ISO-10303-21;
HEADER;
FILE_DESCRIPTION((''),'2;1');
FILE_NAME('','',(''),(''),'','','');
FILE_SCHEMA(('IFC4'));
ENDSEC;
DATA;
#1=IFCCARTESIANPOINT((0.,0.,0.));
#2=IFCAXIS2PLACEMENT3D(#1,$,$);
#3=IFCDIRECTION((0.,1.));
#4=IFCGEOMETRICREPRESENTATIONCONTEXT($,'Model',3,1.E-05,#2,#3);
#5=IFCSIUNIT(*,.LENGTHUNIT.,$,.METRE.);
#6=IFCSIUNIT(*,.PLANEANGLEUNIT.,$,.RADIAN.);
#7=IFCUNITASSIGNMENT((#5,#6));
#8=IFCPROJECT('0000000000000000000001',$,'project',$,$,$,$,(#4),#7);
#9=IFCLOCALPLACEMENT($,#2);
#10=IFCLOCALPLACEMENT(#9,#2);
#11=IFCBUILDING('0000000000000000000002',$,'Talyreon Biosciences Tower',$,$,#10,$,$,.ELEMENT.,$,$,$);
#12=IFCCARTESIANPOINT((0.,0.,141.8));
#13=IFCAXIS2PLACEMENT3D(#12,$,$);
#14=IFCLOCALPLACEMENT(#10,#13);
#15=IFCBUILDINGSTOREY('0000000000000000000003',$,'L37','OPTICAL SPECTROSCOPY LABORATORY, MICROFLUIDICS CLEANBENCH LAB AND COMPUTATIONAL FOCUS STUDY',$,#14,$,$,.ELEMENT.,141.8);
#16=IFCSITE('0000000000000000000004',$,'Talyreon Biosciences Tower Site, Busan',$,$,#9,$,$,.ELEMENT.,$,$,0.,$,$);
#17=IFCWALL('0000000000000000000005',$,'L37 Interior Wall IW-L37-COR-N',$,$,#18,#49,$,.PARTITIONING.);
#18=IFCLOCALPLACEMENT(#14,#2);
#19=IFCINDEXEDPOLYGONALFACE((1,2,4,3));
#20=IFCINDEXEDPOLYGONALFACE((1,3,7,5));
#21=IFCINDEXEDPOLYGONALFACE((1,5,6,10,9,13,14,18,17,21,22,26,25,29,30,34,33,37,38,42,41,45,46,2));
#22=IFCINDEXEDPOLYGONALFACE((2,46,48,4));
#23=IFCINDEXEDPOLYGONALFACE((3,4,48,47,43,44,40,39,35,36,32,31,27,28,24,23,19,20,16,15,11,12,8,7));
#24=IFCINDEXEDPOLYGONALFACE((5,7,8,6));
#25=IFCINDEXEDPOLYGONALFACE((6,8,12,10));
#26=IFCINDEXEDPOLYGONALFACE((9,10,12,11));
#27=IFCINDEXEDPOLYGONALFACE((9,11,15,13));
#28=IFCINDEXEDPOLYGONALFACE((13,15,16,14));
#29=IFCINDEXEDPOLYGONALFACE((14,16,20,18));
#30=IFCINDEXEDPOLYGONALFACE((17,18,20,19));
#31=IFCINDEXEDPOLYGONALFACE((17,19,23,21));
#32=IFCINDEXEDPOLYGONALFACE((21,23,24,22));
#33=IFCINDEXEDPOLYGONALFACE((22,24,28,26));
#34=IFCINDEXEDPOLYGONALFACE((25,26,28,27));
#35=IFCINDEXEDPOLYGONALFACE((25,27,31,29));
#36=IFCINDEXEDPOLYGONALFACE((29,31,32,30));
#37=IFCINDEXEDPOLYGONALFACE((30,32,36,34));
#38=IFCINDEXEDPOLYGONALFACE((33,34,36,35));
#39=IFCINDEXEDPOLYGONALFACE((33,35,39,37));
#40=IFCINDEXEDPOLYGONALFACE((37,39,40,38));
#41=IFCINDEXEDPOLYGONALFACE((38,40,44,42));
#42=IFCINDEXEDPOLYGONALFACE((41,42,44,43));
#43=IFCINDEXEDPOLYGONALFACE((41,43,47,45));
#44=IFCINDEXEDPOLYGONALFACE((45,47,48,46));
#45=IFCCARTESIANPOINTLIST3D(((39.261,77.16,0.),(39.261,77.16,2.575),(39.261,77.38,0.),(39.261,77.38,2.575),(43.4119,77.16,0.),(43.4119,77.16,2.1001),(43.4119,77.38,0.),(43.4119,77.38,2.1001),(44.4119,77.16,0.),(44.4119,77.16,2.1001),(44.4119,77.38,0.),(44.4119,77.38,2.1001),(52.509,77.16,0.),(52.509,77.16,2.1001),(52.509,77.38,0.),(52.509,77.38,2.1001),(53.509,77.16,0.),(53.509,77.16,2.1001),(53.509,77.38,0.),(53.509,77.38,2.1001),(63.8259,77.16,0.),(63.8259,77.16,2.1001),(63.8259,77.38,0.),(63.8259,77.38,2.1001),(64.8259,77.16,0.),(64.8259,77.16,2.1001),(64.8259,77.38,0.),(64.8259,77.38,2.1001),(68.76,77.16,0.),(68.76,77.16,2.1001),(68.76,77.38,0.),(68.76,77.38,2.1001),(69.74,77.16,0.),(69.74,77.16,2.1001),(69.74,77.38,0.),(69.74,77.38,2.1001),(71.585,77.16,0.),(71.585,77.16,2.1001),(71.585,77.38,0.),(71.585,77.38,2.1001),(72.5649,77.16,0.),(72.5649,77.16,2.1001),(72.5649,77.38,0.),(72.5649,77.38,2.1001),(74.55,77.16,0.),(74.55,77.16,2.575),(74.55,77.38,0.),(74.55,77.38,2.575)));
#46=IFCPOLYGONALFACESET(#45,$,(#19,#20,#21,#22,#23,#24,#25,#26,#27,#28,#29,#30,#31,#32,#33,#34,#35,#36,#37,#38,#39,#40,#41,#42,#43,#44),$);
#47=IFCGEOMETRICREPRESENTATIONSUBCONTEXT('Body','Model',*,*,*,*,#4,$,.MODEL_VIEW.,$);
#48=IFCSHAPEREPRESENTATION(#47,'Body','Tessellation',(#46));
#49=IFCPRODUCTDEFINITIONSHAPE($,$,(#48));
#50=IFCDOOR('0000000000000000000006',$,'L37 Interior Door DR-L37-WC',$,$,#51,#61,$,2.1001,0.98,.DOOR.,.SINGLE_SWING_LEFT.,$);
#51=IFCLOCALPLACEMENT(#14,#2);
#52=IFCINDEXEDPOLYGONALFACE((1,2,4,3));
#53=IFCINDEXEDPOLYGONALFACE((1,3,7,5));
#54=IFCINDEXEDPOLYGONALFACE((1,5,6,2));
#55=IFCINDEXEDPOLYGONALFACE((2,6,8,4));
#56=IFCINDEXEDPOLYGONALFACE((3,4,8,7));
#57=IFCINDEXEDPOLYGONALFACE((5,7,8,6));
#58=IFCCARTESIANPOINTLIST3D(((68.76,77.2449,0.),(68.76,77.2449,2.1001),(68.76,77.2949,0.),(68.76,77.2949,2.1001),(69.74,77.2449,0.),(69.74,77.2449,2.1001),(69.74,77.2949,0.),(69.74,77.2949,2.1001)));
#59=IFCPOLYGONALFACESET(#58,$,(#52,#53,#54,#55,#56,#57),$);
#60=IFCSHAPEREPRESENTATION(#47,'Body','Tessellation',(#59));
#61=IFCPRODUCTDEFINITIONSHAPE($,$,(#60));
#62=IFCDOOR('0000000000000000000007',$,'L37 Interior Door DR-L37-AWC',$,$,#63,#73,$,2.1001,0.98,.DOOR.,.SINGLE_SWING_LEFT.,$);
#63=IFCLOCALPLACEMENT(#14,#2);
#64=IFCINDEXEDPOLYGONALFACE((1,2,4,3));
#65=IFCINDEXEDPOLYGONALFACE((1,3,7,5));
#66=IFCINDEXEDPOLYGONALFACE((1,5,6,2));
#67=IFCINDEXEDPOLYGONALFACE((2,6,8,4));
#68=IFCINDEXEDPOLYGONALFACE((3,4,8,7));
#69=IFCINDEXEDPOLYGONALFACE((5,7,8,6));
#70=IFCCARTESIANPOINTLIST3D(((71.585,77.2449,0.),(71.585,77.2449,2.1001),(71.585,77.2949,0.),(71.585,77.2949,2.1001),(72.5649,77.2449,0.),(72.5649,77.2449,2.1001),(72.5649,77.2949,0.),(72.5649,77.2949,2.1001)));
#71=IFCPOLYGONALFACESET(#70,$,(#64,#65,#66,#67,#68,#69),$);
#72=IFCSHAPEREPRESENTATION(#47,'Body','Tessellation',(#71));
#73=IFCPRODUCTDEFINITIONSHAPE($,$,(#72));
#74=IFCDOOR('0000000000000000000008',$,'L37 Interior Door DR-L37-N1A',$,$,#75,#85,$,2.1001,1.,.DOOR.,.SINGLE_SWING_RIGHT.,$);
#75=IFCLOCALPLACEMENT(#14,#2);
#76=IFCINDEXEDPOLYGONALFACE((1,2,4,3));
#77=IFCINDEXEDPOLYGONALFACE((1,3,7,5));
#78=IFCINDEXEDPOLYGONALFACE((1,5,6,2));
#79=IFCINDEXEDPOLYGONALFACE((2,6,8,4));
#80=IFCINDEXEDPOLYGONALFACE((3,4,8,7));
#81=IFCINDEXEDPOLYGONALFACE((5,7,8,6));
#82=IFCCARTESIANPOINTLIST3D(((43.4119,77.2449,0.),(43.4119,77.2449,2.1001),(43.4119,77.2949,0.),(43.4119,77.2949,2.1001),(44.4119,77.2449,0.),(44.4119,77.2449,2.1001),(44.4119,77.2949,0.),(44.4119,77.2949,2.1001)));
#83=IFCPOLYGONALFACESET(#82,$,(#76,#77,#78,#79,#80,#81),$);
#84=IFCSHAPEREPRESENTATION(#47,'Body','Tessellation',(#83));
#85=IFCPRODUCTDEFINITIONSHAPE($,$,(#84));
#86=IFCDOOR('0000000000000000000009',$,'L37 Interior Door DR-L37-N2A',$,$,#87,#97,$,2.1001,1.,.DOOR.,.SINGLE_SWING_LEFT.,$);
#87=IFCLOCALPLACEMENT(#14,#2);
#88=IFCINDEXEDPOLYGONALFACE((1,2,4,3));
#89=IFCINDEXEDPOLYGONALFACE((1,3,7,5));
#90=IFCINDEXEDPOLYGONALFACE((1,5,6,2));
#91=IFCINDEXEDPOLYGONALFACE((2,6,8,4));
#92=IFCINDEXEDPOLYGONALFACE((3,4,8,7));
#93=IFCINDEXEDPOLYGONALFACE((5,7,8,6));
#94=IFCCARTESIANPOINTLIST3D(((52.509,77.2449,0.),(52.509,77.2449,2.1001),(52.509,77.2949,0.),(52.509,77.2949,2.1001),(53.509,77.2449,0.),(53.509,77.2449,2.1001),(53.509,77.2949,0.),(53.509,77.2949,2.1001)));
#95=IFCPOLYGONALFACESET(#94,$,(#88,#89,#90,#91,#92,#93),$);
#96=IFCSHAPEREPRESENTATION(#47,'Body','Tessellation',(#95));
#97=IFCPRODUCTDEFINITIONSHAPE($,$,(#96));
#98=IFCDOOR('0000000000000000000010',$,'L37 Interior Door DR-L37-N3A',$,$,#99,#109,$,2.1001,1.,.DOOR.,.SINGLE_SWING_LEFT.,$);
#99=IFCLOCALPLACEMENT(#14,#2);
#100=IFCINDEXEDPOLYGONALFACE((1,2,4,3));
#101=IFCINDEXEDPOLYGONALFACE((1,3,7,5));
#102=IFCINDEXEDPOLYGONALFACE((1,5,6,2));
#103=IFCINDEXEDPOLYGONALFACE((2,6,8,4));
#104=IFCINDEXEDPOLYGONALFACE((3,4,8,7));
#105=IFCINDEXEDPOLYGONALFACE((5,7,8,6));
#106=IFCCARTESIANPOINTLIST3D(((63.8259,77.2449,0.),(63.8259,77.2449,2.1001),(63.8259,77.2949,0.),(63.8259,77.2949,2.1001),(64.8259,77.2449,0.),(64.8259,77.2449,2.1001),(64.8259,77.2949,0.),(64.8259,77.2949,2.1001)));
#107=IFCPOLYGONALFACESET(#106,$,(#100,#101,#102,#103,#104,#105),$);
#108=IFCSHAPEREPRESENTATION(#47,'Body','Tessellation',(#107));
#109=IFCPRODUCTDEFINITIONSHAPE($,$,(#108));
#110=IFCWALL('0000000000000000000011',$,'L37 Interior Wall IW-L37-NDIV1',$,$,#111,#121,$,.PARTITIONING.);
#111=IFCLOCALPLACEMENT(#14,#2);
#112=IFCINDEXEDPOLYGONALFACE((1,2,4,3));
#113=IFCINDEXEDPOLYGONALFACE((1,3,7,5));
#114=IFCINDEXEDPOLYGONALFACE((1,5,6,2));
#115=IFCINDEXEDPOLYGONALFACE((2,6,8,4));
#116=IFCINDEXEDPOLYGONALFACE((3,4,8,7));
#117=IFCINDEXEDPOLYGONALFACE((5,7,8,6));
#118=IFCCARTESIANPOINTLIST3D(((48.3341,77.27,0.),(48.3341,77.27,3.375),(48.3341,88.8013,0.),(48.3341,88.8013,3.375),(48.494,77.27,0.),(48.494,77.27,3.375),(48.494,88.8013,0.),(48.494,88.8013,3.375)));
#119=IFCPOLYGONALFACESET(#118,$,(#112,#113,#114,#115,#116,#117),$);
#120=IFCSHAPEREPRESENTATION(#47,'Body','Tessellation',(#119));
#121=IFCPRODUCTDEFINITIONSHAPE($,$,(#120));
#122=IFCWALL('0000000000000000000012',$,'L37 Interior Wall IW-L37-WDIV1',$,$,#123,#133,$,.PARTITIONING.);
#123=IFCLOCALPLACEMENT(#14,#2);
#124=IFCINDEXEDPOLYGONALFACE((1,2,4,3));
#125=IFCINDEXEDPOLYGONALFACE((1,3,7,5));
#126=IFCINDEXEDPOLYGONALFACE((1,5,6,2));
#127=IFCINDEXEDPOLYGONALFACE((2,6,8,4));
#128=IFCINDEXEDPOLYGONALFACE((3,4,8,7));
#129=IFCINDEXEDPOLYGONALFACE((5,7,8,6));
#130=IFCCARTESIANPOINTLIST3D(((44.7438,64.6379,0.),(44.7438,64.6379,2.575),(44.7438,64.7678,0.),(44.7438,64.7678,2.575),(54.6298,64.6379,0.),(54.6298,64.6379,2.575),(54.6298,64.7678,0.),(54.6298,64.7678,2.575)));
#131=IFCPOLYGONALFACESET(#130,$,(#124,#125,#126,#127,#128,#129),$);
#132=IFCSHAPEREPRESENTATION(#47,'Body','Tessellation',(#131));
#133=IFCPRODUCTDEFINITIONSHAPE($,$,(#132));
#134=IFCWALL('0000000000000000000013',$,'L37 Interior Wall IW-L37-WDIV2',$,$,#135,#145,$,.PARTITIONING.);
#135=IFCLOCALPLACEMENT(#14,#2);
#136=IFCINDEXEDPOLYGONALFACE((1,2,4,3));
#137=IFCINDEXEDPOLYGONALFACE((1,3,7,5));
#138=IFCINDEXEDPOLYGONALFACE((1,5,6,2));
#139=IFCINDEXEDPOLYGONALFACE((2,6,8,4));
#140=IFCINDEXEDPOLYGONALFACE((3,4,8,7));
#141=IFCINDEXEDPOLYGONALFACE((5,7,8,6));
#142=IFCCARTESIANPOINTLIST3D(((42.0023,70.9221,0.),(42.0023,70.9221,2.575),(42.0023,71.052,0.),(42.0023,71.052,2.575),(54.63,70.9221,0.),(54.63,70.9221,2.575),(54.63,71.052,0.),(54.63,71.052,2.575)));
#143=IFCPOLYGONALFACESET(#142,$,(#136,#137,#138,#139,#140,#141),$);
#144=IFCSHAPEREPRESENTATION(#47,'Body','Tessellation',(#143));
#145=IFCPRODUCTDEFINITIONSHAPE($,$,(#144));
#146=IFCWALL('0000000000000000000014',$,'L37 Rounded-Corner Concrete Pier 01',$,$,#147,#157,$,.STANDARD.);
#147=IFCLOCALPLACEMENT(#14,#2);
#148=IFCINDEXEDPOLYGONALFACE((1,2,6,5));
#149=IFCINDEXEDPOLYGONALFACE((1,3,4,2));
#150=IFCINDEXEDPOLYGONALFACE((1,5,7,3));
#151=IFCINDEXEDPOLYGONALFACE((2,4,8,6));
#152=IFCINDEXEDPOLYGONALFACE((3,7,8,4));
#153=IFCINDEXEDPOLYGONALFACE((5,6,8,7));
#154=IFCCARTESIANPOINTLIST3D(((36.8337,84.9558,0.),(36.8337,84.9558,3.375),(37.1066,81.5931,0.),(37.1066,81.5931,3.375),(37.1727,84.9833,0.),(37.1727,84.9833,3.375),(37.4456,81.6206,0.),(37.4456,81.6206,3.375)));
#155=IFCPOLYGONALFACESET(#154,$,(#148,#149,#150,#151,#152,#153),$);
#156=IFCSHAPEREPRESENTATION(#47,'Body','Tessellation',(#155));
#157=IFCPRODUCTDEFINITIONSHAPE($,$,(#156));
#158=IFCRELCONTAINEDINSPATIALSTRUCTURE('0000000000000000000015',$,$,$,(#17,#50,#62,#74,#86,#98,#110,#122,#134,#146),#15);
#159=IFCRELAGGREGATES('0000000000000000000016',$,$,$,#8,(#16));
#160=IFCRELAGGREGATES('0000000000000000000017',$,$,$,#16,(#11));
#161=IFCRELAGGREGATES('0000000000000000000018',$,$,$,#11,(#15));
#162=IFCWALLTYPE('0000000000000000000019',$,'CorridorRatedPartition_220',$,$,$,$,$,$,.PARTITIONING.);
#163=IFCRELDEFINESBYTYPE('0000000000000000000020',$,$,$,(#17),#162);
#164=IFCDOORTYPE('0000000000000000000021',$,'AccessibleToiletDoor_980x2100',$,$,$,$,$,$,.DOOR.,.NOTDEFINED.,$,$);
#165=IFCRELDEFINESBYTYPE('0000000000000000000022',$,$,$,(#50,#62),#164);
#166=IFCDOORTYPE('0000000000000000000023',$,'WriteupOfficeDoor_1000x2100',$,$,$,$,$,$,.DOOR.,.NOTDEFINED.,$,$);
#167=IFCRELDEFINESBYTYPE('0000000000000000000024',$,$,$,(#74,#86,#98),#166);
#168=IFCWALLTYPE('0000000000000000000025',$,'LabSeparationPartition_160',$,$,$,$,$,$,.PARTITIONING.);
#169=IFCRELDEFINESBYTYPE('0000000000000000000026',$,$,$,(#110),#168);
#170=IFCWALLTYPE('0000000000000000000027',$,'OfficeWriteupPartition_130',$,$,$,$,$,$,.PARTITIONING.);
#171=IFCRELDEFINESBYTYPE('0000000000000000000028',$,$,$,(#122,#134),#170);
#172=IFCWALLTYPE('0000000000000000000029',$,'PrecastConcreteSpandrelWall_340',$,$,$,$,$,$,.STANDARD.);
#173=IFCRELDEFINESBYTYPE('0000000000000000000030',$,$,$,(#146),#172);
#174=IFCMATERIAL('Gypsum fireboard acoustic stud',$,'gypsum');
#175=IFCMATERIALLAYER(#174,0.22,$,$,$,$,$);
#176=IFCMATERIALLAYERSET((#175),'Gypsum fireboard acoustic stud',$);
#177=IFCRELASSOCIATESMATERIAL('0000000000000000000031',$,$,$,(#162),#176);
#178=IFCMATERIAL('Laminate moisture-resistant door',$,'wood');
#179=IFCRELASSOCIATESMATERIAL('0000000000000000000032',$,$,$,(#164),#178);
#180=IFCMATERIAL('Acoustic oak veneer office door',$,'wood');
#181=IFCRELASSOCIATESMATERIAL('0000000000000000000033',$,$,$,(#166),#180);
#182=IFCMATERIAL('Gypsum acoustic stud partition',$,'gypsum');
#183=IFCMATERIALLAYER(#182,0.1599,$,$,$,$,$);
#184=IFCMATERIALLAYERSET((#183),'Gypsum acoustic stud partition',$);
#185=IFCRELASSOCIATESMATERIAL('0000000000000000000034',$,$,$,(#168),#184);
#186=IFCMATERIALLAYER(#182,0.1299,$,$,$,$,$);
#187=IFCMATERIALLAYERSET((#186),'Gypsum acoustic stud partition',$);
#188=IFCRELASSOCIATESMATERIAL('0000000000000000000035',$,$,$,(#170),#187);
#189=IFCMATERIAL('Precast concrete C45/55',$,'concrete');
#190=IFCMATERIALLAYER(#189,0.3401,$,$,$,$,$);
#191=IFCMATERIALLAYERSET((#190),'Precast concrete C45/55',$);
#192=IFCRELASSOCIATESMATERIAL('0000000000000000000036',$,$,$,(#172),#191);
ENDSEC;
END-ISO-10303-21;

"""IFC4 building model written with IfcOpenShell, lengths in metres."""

from ifc_helpers import new_model, si_unit, direction, frame, frame_2d, origin, place, context, subcontext, project, spatial, rectangle, extrude, material, layer, layer_set, type_object, element, fill, save


model = new_model("IFC4")

# Units and contexts
model_context = context("Model", 3, precision=1e-05, world=origin(), true_north=direction((0.0, 1.0)))
body_context = subcontext(model_context, "Body", "Model", "MODEL_VIEW")
ifc_project = project(units=[si_unit("LENGTHUNIT", "METRE"), si_unit("PLANEANGLEUNIT", "RADIAN")], contexts=[model_context])

# Site, building, storey
site_placement = place(None, origin())
site = spatial("IfcSite", under=ifc_project, at=site_placement, Name="Talyreon Biosciences Tower Site, Busan", CompositionType="ELEMENT", RefElevation=0.0)
building_placement = place(site_placement, origin())
building = spatial("IfcBuilding", under=site, at=building_placement, Name="Talyreon Biosciences Tower", CompositionType="ELEMENT")
storey_placement = place(building_placement, frame((0.0, 0.0, 141.8)))
storey = spatial("IfcBuildingStorey", under=building, at=storey_placement, Name="L37", Description="OPTICAL SPECTROSCOPY LABORATORY, MICROFLUIDICS CLEANBENCH LAB AND COMPUTATIONAL FOCUS STUDY", CompositionType="ELEMENT", Elevation=141.8)

# Shared definitions
ifc_material_1 = material(Name="Precast concrete C45/55", Category="concrete")

# Wall, openings, doors
ifc_material_2 = material(Name="Gypsum fireboard acoustic stud", Category="gypsum")
ifc_layer_1 = layer(ifc_material_2, 0.22)
ifc_layer_set_1 = layer_set([ifc_layer_1], Name="Gypsum fireboard acoustic stud")
wall_type_1 = type_object("IfcWallType", Name="CorridorRatedPartition_220", PredefinedType="PARTITIONING", material=ifc_layer_set_1)
wall_1_placement = place(storey_placement, frame((39.261, 77.27, 0.0), z_axis=(0.0, 0.0, 1.0), x_axis=(1.0, 0.0, 0.0)))
wall_1 = element("IfcWall", 1, at=wall_1_placement, inside=storey, type_object=wall_type_1, Name="L37 Interior Wall IW-L37-COR-N", PredefinedType="PARTITIONING", context=body_context, shape_type="SweptSolid", body=[
    extrude(rectangle(XDim=35.2891, YDim=0.22, at=frame_2d((17.6445, 0.0))), origin(), (0.0, 0.0, 1.0), 2.575),
])
opening_1_placement = place(wall_1_placement, frame((29.499, 0.0, 0.0)))
opening_1 = element("IfcOpeningElement", 2, at=opening_1_placement, cuts=wall_1, PredefinedType="OPENING", context=body_context, shape_type="SweptSolid", body=[
    extrude(rectangle(XDim=0.98, YDim=2.1001, at=frame_2d((0.49, 1.05))), frame((0.0, 0.1199, 0.0), z_axis=(0.0, -1.0, 0.0), x_axis=(1.0, 0.0, 0.0)), (0.0, 0.0, 1.0), 0.24),
])
opening_2_placement = place(wall_1_placement, frame((32.324, 0.0, 0.0)))
opening_2 = element("IfcOpeningElement", 3, at=opening_2_placement, cuts=wall_1, PredefinedType="OPENING", context=body_context, shape_type="SweptSolid", body=[
    extrude(rectangle(XDim=0.98, YDim=2.1001, at=frame_2d((0.49, 1.05))), frame((0.0, 0.1199, 0.0), z_axis=(0.0, -1.0, 0.0), x_axis=(1.0, 0.0, 0.0)), (0.0, 0.0, 1.0), 0.24),
])
opening_3_placement = place(wall_1_placement, frame((4.1509, 0.0, 0.0)))
opening_3 = element("IfcOpeningElement", 4, at=opening_3_placement, cuts=wall_1, PredefinedType="OPENING", context=body_context, shape_type="SweptSolid", body=[
    extrude(rectangle(XDim=1.0, YDim=2.1001, at=frame_2d((0.5, 1.05))), frame((0.0, 0.1199, 0.0), z_axis=(0.0, -1.0, 0.0), x_axis=(1.0, 0.0, 0.0)), (0.0, 0.0, 1.0), 0.24),
])
opening_4_placement = place(wall_1_placement, frame((13.248, 0.0, 0.0)))
opening_4 = element("IfcOpeningElement", 5, at=opening_4_placement, cuts=wall_1, PredefinedType="OPENING", context=body_context, shape_type="SweptSolid", body=[
    extrude(rectangle(XDim=1.0, YDim=2.1001, at=frame_2d((0.5, 1.05))), frame((0.0, 0.1199, 0.0), z_axis=(0.0, -1.0, 0.0), x_axis=(1.0, 0.0, 0.0)), (0.0, 0.0, 1.0), 0.24),
])
opening_5_placement = place(wall_1_placement, frame((24.5649, 0.0, 0.0)))
opening_5 = element("IfcOpeningElement", 6, at=opening_5_placement, cuts=wall_1, PredefinedType="OPENING", context=body_context, shape_type="SweptSolid", body=[
    extrude(rectangle(XDim=1.0, YDim=2.1001, at=frame_2d((0.5, 1.05))), frame((0.0, 0.1199, 0.0), z_axis=(0.0, -1.0, 0.0), x_axis=(1.0, 0.0, 0.0)), (0.0, 0.0, 1.0), 0.24),
])
ifc_material_3 = material(Name="Laminate moisture-resistant door", Category="wood")
door_type_1 = type_object("IfcDoorType", Name="AccessibleToiletDoor_980x2100", OperationType="NOTDEFINED", PredefinedType="DOOR", material=ifc_material_3)
door_1_placement = place(opening_1_placement, origin())
door_1 = element("IfcDoor", 7, at=door_1_placement, inside=storey, type_object=door_type_1, Name="L37 Interior Door DR-L37-WC", OperationType="SINGLE_SWING_LEFT", OverallHeight=2.1001, OverallWidth=0.98, PredefinedType="DOOR", context=body_context, shape_type="SweptSolid", body=[
    extrude(rectangle(XDim=0.98, YDim=2.1001, at=frame_2d((0.49, 1.05))), frame((0.0, 0.0249, 0.0), z_axis=(0.0, -1.0, 0.0), x_axis=(1.0, 0.0, 0.0)), (0.0, 0.0, 1.0), 0.05),
])
fill(opening_1, door_1)
door_2_placement = place(opening_2_placement, origin())
door_2 = element("IfcDoor", 8, at=door_2_placement, inside=storey, type_object=door_type_1, Name="L37 Interior Door DR-L37-AWC", OperationType="SINGLE_SWING_LEFT", OverallHeight=2.1001, OverallWidth=0.98, PredefinedType="DOOR", context=body_context, shape_type="SweptSolid", body=[
    extrude(rectangle(XDim=0.98, YDim=2.1001, at=frame_2d((0.49, 1.05))), frame((0.0, 0.0249, 0.0), z_axis=(0.0, -1.0, 0.0), x_axis=(1.0, 0.0, 0.0)), (0.0, 0.0, 1.0), 0.05),
])
fill(opening_2, door_2)
ifc_material_4 = material(Name="Acoustic oak veneer office door", Category="wood")
door_type_2 = type_object("IfcDoorType", Name="WriteupOfficeDoor_1000x2100", OperationType="NOTDEFINED", PredefinedType="DOOR", material=ifc_material_4)
door_3_placement = place(opening_3_placement, origin())
door_3 = element("IfcDoor", 9, at=door_3_placement, inside=storey, type_object=door_type_2, Name="L37 Interior Door DR-L37-N1A", OperationType="SINGLE_SWING_RIGHT", OverallHeight=2.1001, OverallWidth=1.0, PredefinedType="DOOR", context=body_context, shape_type="SweptSolid", body=[
    extrude(rectangle(XDim=1.0, YDim=2.1001, at=frame_2d((0.5, 1.05))), frame((0.0, 0.0249, 0.0), z_axis=(0.0, -1.0, 0.0), x_axis=(1.0, 0.0, 0.0)), (0.0, 0.0, 1.0), 0.05),
])
fill(opening_3, door_3)
door_4_placement = place(opening_4_placement, origin())
door_4 = element("IfcDoor", 10, at=door_4_placement, inside=storey, type_object=door_type_2, Name="L37 Interior Door DR-L37-N2A", OperationType="SINGLE_SWING_LEFT", OverallHeight=2.1001, OverallWidth=1.0, PredefinedType="DOOR", context=body_context, shape_type="SweptSolid", body=[
    extrude(rectangle(XDim=1.0, YDim=2.1001, at=frame_2d((0.5, 1.05))), frame((0.0, 0.0249, 0.0), z_axis=(0.0, -1.0, 0.0), x_axis=(1.0, 0.0, 0.0)), (0.0, 0.0, 1.0), 0.05),
])
fill(opening_4, door_4)
door_5_placement = place(opening_5_placement, origin())
door_5 = element("IfcDoor", 11, at=door_5_placement, inside=storey, type_object=door_type_2, Name="L37 Interior Door DR-L37-N3A", OperationType="SINGLE_SWING_LEFT", OverallHeight=2.1001, OverallWidth=1.0, PredefinedType="DOOR", context=body_context, shape_type="SweptSolid", body=[
    extrude(rectangle(XDim=1.0, YDim=2.1001, at=frame_2d((0.5, 1.05))), frame((0.0, 0.0249, 0.0), z_axis=(0.0, -1.0, 0.0), x_axis=(1.0, 0.0, 0.0)), (0.0, 0.0, 1.0), 0.05),
])
fill(opening_5, door_5)

# Walls
ifc_material_5 = material(Name="Gypsum acoustic stud partition", Category="gypsum")
ifc_layer_2 = layer(ifc_material_5, 0.1599)
ifc_layer_set_2 = layer_set([ifc_layer_2], Name="Gypsum acoustic stud partition")
wall_type_2 = type_object("IfcWallType", Name="LabSeparationPartition_160", PredefinedType="PARTITIONING", material=ifc_layer_set_2)
wall_2_placement = place(storey_placement, frame((48.4141, 77.27, 0.0), z_axis=(0.0, 0.0, 1.0), x_axis=(0.0, 1.0, 0.0)))
element("IfcWall", 12, at=wall_2_placement, inside=storey, type_object=wall_type_2, Name="L37 Interior Wall IW-L37-NDIV1", PredefinedType="PARTITIONING", context=body_context, shape_type="SweptSolid", body=[
    extrude(rectangle(XDim=11.5312, YDim=0.1599, at=frame_2d((5.7656, 0.0))), origin(), (0.0, 0.0, 1.0), 3.375),
])
ifc_layer_3 = layer(ifc_material_5, 0.1299)
ifc_layer_set_3 = layer_set([ifc_layer_3], Name="Gypsum acoustic stud partition")
wall_type_3 = type_object("IfcWallType", Name="OfficeWriteupPartition_130", PredefinedType="PARTITIONING", material=ifc_layer_set_3)
wall_3_placement = place(storey_placement, frame((44.7439, 64.7029, 0.0), z_axis=(0.0, 0.0, 1.0), x_axis=(1.0, 0.0, 0.0)))
element("IfcWall", 13, at=wall_3_placement, inside=storey, type_object=wall_type_3, Name="L37 Interior Wall IW-L37-WDIV1", PredefinedType="PARTITIONING", context=body_context, shape_type="SweptSolid", body=[
    extrude(rectangle(XDim=9.886, YDim=0.1299, at=frame_2d((4.9429, 0.0))), origin(), (0.0, 0.0, 1.0), 2.575),
])
wall_4_placement = place(storey_placement, frame((42.0022, 70.9871, 0.0), z_axis=(0.0, 0.0, 1.0), x_axis=(1.0, 0.0, 0.0)))
element("IfcWall", 14, at=wall_4_placement, inside=storey, type_object=wall_type_3, Name="L37 Interior Wall IW-L37-WDIV2", PredefinedType="PARTITIONING", context=body_context, shape_type="SweptSolid", body=[
    extrude(rectangle(XDim=12.6277, YDim=0.1299, at=frame_2d((6.314, 0.0))), origin(), (0.0, 0.0, 1.0), 2.575),
])
ifc_layer_4 = layer(ifc_material_1, 0.3401)
ifc_layer_set_4 = layer_set([ifc_layer_4], Name="Precast concrete C45/55")
wall_type_4 = type_object("IfcWallType", Name="PrecastConcreteSpandrelWall_340", PredefinedType="STANDARD", material=ifc_layer_set_4)
wall_5_placement = place(storey_placement, frame((37.2761, 81.6067, 0.0), z_axis=(0.0, 0.0, 1.0), x_axis=(-0.080901, 0.996722, 0.0)))
element("IfcWall", 15, at=wall_5_placement, inside=storey, type_object=wall_type_4, Name="L37 Rounded-Corner Concrete Pier 01", PredefinedType="STANDARD", context=body_context, shape_type="SweptSolid", body=[
    extrude(rectangle(XDim=3.3738, YDim=0.3401, at=frame_2d((1.687, 0.0))), origin(), (0.0, 0.0, 1.0), 3.375),
])

save(model, "model.ifc")
